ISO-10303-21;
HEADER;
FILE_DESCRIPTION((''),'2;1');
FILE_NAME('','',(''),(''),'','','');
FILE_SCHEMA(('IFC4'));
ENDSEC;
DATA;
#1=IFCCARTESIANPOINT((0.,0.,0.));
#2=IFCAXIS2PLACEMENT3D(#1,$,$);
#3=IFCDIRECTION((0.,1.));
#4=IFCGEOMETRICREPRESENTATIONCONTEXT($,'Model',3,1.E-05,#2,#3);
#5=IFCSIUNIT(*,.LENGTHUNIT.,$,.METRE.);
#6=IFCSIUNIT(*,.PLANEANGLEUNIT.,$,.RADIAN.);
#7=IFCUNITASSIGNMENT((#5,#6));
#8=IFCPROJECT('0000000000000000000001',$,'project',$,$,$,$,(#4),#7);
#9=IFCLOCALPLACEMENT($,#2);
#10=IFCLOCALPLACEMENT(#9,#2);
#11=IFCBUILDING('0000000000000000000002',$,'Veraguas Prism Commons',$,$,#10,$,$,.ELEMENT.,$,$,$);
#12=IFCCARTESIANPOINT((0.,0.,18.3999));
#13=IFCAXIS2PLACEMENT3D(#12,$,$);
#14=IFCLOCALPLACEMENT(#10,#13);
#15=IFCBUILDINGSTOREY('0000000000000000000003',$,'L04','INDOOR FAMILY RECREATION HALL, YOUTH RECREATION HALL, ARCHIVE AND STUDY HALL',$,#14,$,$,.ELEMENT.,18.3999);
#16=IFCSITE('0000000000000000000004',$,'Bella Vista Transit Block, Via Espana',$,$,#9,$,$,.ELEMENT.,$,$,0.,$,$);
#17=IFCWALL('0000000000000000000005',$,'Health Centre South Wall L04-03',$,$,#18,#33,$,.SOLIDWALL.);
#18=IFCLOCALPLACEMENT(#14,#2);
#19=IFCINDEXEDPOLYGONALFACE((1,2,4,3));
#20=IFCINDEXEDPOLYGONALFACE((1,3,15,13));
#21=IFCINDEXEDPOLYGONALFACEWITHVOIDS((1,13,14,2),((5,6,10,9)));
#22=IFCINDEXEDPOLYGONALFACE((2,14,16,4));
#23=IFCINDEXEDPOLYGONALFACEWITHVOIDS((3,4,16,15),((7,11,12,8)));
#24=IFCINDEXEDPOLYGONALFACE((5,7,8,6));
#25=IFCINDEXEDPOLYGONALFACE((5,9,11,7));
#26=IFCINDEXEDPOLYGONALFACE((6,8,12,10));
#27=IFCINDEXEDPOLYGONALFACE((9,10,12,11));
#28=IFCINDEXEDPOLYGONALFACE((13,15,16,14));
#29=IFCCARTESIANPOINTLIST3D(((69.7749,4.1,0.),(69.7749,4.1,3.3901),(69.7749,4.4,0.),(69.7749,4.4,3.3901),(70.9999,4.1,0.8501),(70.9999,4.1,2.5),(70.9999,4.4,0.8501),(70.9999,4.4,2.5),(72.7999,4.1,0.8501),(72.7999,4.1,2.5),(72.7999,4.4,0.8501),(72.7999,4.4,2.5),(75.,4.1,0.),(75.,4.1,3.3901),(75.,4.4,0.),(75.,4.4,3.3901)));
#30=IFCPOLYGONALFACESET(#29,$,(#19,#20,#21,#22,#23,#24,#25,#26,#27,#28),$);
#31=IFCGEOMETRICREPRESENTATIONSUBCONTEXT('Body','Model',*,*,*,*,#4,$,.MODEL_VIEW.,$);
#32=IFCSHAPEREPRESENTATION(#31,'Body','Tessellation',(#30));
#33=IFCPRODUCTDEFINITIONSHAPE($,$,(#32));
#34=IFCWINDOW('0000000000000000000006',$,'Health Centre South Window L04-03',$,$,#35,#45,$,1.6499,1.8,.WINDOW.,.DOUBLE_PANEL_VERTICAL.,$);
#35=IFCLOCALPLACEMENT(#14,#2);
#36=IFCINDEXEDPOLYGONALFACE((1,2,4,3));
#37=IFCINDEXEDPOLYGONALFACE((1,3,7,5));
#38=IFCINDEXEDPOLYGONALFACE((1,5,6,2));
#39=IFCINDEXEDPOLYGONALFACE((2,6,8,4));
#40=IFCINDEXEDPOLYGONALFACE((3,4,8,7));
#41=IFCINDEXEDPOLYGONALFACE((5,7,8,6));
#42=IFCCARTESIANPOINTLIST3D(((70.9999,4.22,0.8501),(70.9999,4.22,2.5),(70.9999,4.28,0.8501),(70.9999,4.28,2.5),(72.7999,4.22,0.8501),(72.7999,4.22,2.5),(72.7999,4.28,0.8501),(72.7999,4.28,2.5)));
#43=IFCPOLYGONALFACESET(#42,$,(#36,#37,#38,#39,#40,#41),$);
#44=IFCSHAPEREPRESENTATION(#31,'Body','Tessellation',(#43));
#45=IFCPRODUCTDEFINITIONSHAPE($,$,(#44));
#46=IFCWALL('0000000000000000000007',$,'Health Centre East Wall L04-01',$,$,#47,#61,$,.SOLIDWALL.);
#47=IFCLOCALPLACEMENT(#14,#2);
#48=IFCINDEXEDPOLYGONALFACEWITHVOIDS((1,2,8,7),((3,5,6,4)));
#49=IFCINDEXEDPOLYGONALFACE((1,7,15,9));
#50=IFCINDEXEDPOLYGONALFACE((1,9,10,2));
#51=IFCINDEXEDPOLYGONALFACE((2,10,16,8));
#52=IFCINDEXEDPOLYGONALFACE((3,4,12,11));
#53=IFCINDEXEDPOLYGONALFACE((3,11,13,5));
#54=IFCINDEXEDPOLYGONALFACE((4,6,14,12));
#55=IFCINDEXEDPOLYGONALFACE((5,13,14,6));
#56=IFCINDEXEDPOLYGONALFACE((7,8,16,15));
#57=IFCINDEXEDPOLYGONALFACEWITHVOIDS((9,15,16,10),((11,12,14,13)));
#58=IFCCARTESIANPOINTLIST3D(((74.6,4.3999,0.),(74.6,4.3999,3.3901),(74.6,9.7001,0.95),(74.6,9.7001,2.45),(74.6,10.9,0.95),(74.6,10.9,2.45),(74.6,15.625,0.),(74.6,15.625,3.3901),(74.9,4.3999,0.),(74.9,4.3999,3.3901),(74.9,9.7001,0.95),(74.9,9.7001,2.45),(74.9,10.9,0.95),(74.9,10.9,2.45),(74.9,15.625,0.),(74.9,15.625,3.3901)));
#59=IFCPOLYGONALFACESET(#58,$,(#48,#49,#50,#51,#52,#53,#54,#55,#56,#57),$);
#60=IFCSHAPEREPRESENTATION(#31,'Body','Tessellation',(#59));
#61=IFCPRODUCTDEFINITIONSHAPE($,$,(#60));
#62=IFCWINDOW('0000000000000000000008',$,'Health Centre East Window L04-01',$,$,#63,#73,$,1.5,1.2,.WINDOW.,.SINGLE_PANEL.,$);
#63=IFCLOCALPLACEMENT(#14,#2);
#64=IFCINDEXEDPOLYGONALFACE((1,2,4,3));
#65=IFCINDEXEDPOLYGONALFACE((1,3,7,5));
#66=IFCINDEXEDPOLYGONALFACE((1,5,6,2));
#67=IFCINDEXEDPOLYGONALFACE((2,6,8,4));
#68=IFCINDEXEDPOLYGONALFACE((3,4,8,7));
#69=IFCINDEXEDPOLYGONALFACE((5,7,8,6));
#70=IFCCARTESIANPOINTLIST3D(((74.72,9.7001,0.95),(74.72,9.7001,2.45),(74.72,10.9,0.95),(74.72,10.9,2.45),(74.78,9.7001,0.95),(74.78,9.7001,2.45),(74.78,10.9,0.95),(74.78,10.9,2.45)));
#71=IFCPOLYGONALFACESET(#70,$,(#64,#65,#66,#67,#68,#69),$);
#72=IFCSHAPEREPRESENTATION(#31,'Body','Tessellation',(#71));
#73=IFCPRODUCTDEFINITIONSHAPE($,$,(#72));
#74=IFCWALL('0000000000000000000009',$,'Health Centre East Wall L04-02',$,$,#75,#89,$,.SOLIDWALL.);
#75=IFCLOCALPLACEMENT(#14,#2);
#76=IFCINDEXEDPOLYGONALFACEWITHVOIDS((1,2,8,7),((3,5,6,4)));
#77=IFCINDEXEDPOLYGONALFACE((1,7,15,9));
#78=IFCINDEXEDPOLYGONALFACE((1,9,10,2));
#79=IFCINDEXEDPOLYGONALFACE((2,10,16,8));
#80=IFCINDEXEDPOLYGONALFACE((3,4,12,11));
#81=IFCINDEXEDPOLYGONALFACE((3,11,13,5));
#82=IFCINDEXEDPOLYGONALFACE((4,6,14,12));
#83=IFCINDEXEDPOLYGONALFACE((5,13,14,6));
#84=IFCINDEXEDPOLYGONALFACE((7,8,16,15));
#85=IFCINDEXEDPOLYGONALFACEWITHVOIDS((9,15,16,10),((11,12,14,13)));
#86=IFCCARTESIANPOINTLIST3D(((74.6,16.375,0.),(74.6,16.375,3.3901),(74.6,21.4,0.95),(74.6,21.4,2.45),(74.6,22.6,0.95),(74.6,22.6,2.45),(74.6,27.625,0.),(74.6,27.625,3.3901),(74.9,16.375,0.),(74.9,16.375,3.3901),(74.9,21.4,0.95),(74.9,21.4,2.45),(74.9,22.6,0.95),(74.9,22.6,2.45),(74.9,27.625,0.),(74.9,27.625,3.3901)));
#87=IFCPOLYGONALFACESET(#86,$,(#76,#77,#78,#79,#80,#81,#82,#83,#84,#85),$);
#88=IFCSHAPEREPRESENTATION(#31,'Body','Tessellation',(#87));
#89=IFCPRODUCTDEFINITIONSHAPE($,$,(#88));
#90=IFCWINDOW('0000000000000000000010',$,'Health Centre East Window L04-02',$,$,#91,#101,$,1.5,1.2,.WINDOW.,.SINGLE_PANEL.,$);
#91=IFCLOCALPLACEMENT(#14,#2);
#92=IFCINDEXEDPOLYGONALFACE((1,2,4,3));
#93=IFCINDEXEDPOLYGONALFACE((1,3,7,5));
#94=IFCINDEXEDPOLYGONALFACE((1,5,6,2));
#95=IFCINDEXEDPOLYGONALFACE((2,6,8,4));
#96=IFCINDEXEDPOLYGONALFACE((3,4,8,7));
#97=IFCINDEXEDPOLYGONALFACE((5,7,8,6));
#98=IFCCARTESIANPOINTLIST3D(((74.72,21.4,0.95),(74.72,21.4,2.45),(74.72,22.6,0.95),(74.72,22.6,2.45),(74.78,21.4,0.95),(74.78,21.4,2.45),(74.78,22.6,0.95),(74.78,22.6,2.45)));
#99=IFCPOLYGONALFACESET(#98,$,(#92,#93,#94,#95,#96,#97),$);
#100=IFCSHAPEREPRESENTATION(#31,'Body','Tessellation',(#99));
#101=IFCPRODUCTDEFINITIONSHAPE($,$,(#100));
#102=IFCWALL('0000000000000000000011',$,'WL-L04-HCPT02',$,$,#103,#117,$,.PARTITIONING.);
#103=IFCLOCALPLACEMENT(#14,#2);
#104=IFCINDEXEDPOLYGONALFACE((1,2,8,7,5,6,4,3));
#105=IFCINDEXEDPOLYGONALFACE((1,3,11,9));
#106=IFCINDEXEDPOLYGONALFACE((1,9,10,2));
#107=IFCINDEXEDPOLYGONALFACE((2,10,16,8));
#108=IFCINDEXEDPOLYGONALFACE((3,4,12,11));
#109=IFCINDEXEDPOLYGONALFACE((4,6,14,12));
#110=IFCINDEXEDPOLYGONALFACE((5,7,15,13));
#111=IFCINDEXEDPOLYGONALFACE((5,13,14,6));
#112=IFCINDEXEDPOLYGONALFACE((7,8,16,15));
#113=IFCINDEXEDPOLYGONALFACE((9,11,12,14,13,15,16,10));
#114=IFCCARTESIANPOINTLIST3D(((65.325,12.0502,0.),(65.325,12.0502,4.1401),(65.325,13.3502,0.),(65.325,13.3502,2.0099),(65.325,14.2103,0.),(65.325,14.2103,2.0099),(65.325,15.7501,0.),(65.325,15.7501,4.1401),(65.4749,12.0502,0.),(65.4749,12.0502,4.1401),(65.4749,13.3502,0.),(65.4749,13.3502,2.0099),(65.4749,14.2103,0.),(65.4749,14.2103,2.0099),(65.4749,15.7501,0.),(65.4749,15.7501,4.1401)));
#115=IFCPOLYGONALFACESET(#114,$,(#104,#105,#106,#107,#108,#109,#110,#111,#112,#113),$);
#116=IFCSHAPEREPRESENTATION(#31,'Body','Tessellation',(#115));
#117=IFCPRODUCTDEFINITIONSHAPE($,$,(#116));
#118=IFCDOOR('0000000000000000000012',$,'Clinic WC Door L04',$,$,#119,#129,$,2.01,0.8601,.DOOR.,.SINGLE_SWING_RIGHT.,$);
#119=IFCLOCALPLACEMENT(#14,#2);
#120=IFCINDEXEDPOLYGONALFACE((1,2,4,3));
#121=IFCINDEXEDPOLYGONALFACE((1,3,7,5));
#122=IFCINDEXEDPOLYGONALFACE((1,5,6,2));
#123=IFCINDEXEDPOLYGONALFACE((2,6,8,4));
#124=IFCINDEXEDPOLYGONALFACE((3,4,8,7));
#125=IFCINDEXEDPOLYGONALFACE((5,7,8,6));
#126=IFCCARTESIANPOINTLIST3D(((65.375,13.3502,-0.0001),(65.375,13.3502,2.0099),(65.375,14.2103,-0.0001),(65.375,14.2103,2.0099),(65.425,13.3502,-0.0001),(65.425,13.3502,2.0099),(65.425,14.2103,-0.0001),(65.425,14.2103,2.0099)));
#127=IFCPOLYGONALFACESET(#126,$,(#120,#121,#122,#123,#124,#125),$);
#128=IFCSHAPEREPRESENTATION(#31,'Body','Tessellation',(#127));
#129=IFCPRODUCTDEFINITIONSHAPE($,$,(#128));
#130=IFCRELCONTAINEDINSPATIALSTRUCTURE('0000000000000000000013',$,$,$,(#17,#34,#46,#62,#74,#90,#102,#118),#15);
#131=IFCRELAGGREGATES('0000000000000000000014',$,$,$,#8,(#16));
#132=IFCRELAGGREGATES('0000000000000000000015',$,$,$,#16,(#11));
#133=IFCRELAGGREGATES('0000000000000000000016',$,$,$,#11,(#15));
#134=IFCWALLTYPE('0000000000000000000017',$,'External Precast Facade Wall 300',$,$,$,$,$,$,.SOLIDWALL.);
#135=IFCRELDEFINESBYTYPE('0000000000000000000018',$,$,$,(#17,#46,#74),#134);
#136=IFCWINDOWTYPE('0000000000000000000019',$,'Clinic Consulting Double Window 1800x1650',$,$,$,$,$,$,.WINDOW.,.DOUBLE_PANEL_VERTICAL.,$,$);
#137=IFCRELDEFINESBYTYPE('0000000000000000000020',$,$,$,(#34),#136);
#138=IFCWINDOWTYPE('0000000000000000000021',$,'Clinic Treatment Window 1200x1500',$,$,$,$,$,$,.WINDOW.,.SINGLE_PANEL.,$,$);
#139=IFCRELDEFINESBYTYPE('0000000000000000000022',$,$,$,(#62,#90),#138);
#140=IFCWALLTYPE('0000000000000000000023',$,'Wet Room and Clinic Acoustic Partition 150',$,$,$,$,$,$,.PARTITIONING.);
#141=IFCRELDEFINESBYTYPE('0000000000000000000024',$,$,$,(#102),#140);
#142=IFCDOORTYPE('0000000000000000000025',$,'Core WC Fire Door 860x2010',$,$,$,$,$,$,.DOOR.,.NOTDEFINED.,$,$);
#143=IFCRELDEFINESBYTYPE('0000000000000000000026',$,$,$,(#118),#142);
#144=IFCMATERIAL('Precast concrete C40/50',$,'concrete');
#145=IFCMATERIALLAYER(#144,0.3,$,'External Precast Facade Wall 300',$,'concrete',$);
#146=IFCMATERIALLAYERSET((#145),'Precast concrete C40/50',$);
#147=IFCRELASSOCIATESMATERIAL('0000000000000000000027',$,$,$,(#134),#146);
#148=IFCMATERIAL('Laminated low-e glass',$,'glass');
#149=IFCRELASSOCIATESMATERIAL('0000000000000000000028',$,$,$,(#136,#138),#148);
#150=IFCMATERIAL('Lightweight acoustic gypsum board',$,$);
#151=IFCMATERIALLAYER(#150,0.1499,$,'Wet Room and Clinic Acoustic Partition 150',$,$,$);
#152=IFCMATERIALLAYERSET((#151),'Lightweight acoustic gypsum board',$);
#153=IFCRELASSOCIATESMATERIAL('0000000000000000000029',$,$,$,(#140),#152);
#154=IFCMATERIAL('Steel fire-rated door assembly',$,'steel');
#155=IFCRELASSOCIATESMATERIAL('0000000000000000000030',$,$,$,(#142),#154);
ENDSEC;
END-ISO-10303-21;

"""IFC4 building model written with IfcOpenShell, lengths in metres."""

from ifc_helpers import new_model, si_unit, direction, frame, frame_2d, origin, place, context, subcontext, project, spatial, rectangle, extrude, source, transform, mapped, material, layer, layer_set, type_object, element, fill, save


model = new_model("IFC4")

# Units and contexts
model_context = context("Model", 3, precision=1e-05, world=origin(), true_north=direction((0.0, 1.0)))
body_context = subcontext(model_context, "Body", "Model", "MODEL_VIEW")
ifc_project = project(units=[si_unit("LENGTHUNIT", "METRE"), si_unit("PLANEANGLEUNIT", "RADIAN")], contexts=[model_context])

# Site, building, storey
site_placement = place(None, origin())
site = spatial("IfcSite", under=ifc_project, at=site_placement, Name="Bella Vista Transit Block, Via Espana", CompositionType="ELEMENT", RefElevation=0.0)
building_placement = place(site_placement, origin())
building = spatial("IfcBuilding", under=site, at=building_placement, Name="Veraguas Prism Commons", CompositionType="ELEMENT")
storey_placement = place(building_placement, frame((0.0, 0.0, 18.3999)))
storey = spatial("IfcBuildingStorey", under=building, at=storey_placement, Name="L04", Description="INDOOR FAMILY RECREATION HALL, YOUTH RECREATION HALL, ARCHIVE AND STUDY HALL", CompositionType="ELEMENT", Elevation=18.3999)

# Shared definitions
ifc_material_1 = material(Name="Steel fire-rated door assembly", Category="steel")

# Walls, openings, windows
ifc_material_2 = material(Name="Precast concrete C40/50", Category="concrete")
ifc_layer_1 = layer(ifc_material_2, 0.3, Name="External Precast Facade Wall 300", Category="concrete")
ifc_layer_set_1 = layer_set([ifc_layer_1], Name="Precast concrete C40/50")
wall_type_1 = type_object("IfcWallType", Name="External Precast Facade Wall 300", PredefinedType="SOLIDWALL", material=ifc_layer_set_1)
wall_1_placement = place(storey_placement, frame((69.7749, 4.25, 0.0), z_axis=(0.0, 0.0, 1.0), x_axis=(1.0, 0.0, 0.0)))
wall_1 = element("IfcWall", 1, at=wall_1_placement, inside=storey, type_object=wall_type_1, Name="Health Centre South Wall L04-03", PredefinedType="SOLIDWALL", context=body_context, shape_type="SweptSolid", body=[
    extrude(rectangle(XDim=5.2251, YDim=0.3, at=frame_2d((2.6125, 0.0))), origin(), (0.0, 0.0, 1.0), 3.3901),
])
opening_1_placement = place(wall_1_placement, frame((1.2251, 0.0, 0.8501)))
opening_1 = element("IfcOpeningElement", 2, at=opening_1_placement, cuts=wall_1, PredefinedType="OPENING", context=body_context, shape_type="SweptSolid", body=[
    extrude(rectangle(XDim=1.8, YDim=1.6499, at=frame_2d((0.8999, 0.825))), frame((0.0, 0.1599, 0.0), z_axis=(0.0, -1.0, 0.0), x_axis=(1.0, 0.0, 0.0)), (0.0, 0.0, 1.0), 0.3201),
])
ifc_material_3 = material(Name="Laminated low-e glass", Category="glass")
window_type_1 = type_object("IfcWindowType", Name="Clinic Consulting Double Window 1800x1650", PartitioningType="DOUBLE_PANEL_VERTICAL", PredefinedType="WINDOW", material=ifc_material_3)
shared_shape_1 = source(origin(), body_context, "Body", "SweptSolid", [
    extrude(rectangle(XDim=1.8, YDim=1.6499, at=frame_2d((0.8999, 0.825))), frame((0.0, 0.03, 0.0), z_axis=(0.0, -1.0, 0.0), x_axis=(1.0, 0.0, 0.0)), (0.0, 0.0, 1.0), 0.0601),
])
window_1_placement = place(opening_1_placement, origin())
window_1 = element("IfcWindow", 3, at=window_1_placement, inside=storey, type_object=window_type_1, Name="Health Centre South Window L04-03", OverallHeight=1.6499, OverallWidth=1.8, PartitioningType="DOUBLE_PANEL_VERTICAL", PredefinedType="WINDOW", context=body_context, shape_type="MappedRepresentation", body=[
    mapped(shared_shape_1, transform((0.0, 0.0, 0.0), scale=1.0)),
])
fill(opening_1, window_1)
wall_2_placement = place(storey_placement, frame((74.75, 4.3999, 0.0), z_axis=(0.0, 0.0, 1.0), x_axis=(0.0, 1.0, 0.0)))
wall_2 = element("IfcWall", 4, at=wall_2_placement, inside=storey, type_object=wall_type_1, Name="Health Centre East Wall L04-01", PredefinedType="SOLIDWALL", context=body_context, shape_type="SweptSolid", body=[
    extrude(rectangle(XDim=11.2251, YDim=0.3, at=frame_2d((5.6125, 0.0))), origin(), (0.0, 0.0, 1.0), 3.3901),
])
opening_2_placement = place(wall_2_placement, frame((5.3, 0.0, 0.95)))
opening_2 = element("IfcOpeningElement", 5, at=opening_2_placement, cuts=wall_2, PredefinedType="OPENING", context=body_context, shape_type="SweptSolid", body=[
    extrude(rectangle(XDim=1.2, YDim=1.5, at=frame_2d((0.6001, 0.75))), frame((0.0, 0.1599, 0.0), z_axis=(0.0, -1.0, 0.0), x_axis=(1.0, 0.0, 0.0)), (0.0, 0.0, 1.0), 0.3201),
])
window_type_2 = type_object("IfcWindowType", Name="Clinic Treatment Window 1200x1500", PartitioningType="SINGLE_PANEL", PredefinedType="WINDOW", material=ifc_material_3)
shared_shape_2 = source(origin(), body_context, "Body", "SweptSolid", [
    extrude(rectangle(XDim=1.2, YDim=1.5, at=frame_2d((0.6001, 0.75))), frame((0.0, 0.03, 0.0), z_axis=(0.0, -1.0, 0.0), x_axis=(1.0, 0.0, 0.0)), (0.0, 0.0, 1.0), 0.0601),
])
window_2_placement = place(opening_2_placement, origin())
window_2 = element("IfcWindow", 6, at=window_2_placement, inside=storey, type_object=window_type_2, Name="Health Centre East Window L04-01", OverallHeight=1.5, OverallWidth=1.2, PartitioningType="SINGLE_PANEL", PredefinedType="WINDOW", context=body_context, shape_type="MappedRepresentation", body=[
    mapped(shared_shape_2, transform((0.0, 0.0, 0.0), scale=1.0)),
])
fill(opening_2, window_2)
wall_3_placement = place(storey_placement, frame((74.75, 16.375, 0.0), z_axis=(0.0, 0.0, 1.0), x_axis=(0.0, 1.0, 0.0)))
wall_3 = element("IfcWall", 7, at=wall_3_placement, inside=storey, type_object=wall_type_1, Name="Health Centre East Wall L04-02", PredefinedType="SOLIDWALL", context=body_context, shape_type="SweptSolid", body=[
    extrude(rectangle(XDim=11.25, YDim=0.3, at=frame_2d((5.625, 0.0))), origin(), (0.0, 0.0, 1.0), 3.3901),
])
opening_3_placement = place(wall_3_placement, frame((5.0249, 0.0, 0.95)))
opening_3 = element("IfcOpeningElement", 8, at=opening_3_placement, cuts=wall_3, PredefinedType="OPENING", context=body_context, shape_type="SweptSolid", body=[
    extrude(rectangle(XDim=1.2, YDim=1.5, at=frame_2d((0.6001, 0.75))), frame((0.0, 0.1599, 0.0), z_axis=(0.0, -1.0, 0.0), x_axis=(1.0, 0.0, 0.0)), (0.0, 0.0, 1.0), 0.3201),
])
window_3_placement = place(opening_3_placement, origin())
window_3 = element("IfcWindow", 9, at=window_3_placement, inside=storey, type_object=window_type_2, Name="Health Centre East Window L04-02", OverallHeight=1.5, OverallWidth=1.2, PartitioningType="SINGLE_PANEL", PredefinedType="WINDOW", context=body_context, shape_type="MappedRepresentation", body=[
    mapped(shared_shape_2, transform((0.0, 0.0, 0.0), scale=1.0)),
])
fill(opening_3, window_3)

# Wall, opening, door
ifc_material_4 = material(Name="Lightweight acoustic gypsum board")
ifc_layer_2 = layer(ifc_material_4, 0.1499, Name="Wet Room and Clinic Acoustic Partition 150")
ifc_layer_set_2 = layer_set([ifc_layer_2], Name="Lightweight acoustic gypsum board")
wall_type_2 = type_object("IfcWallType", Name="Wet Room and Clinic Acoustic Partition 150", PredefinedType="PARTITIONING", material=ifc_layer_set_2)
wall_4_placement = place(storey_placement, frame((65.3999, 12.05, 0.0), z_axis=(0.0, 0.0, 1.0), x_axis=(0.0, 1.0, 0.0)))
wall_4 = element("IfcWall", 10, at=wall_4_placement, inside=storey, type_object=wall_type_2, Name="WL-L04-HCPT02", PredefinedType="PARTITIONING", context=body_context, shape_type="SweptSolid", body=[
    extrude(rectangle(XDim=3.7, YDim=0.1499, at=frame_2d((1.8501, 0.0))), origin(), (0.0, 0.0, 1.0), 4.1401),
])
opening_4_placement = place(wall_4_placement, frame((1.3, 0.0, 0.0)))
opening_4 = element("IfcOpeningElement", 11, at=opening_4_placement, cuts=wall_4, PredefinedType="OPENING", context=body_context, shape_type="SweptSolid", body=[
    extrude(rectangle(XDim=0.8601, YDim=2.01, at=frame_2d((0.4302, 1.0049))), frame((0.0, 0.085, 0.0), z_axis=(0.0, -1.0, 0.0), x_axis=(1.0, 0.0, 0.0)), (0.0, 0.0, 1.0), 0.1699),
])
door_type_1 = type_object("IfcDoorType", Name="Core WC Fire Door 860x2010", OperationType="NOTDEFINED", PredefinedType="DOOR", material=ifc_material_1)
shared_shape_3 = source(origin(), body_context, "Body", "SweptSolid", [
    extrude(rectangle(XDim=0.8601, YDim=2.01, at=frame_2d((0.4302, 1.0049))), frame((0.0, 0.0249, 0.0), z_axis=(0.0, -1.0, 0.0), x_axis=(1.0, 0.0, 0.0)), (0.0, 0.0, 1.0), 0.05),
])
door_1_placement = place(opening_4_placement, origin())
door_1 = element("IfcDoor", 12, at=door_1_placement, inside=storey, type_object=door_type_1, Name="Clinic WC Door L04", OperationType="SINGLE_SWING_RIGHT", OverallHeight=2.01, OverallWidth=0.8601, PredefinedType="DOOR", context=body_context, shape_type="MappedRepresentation", body=[
    mapped(shared_shape_3, transform((0.0, 0.0, 0.0), scale=1.0)),
])
fill(opening_4, door_1)

save(model, "model.ifc")
